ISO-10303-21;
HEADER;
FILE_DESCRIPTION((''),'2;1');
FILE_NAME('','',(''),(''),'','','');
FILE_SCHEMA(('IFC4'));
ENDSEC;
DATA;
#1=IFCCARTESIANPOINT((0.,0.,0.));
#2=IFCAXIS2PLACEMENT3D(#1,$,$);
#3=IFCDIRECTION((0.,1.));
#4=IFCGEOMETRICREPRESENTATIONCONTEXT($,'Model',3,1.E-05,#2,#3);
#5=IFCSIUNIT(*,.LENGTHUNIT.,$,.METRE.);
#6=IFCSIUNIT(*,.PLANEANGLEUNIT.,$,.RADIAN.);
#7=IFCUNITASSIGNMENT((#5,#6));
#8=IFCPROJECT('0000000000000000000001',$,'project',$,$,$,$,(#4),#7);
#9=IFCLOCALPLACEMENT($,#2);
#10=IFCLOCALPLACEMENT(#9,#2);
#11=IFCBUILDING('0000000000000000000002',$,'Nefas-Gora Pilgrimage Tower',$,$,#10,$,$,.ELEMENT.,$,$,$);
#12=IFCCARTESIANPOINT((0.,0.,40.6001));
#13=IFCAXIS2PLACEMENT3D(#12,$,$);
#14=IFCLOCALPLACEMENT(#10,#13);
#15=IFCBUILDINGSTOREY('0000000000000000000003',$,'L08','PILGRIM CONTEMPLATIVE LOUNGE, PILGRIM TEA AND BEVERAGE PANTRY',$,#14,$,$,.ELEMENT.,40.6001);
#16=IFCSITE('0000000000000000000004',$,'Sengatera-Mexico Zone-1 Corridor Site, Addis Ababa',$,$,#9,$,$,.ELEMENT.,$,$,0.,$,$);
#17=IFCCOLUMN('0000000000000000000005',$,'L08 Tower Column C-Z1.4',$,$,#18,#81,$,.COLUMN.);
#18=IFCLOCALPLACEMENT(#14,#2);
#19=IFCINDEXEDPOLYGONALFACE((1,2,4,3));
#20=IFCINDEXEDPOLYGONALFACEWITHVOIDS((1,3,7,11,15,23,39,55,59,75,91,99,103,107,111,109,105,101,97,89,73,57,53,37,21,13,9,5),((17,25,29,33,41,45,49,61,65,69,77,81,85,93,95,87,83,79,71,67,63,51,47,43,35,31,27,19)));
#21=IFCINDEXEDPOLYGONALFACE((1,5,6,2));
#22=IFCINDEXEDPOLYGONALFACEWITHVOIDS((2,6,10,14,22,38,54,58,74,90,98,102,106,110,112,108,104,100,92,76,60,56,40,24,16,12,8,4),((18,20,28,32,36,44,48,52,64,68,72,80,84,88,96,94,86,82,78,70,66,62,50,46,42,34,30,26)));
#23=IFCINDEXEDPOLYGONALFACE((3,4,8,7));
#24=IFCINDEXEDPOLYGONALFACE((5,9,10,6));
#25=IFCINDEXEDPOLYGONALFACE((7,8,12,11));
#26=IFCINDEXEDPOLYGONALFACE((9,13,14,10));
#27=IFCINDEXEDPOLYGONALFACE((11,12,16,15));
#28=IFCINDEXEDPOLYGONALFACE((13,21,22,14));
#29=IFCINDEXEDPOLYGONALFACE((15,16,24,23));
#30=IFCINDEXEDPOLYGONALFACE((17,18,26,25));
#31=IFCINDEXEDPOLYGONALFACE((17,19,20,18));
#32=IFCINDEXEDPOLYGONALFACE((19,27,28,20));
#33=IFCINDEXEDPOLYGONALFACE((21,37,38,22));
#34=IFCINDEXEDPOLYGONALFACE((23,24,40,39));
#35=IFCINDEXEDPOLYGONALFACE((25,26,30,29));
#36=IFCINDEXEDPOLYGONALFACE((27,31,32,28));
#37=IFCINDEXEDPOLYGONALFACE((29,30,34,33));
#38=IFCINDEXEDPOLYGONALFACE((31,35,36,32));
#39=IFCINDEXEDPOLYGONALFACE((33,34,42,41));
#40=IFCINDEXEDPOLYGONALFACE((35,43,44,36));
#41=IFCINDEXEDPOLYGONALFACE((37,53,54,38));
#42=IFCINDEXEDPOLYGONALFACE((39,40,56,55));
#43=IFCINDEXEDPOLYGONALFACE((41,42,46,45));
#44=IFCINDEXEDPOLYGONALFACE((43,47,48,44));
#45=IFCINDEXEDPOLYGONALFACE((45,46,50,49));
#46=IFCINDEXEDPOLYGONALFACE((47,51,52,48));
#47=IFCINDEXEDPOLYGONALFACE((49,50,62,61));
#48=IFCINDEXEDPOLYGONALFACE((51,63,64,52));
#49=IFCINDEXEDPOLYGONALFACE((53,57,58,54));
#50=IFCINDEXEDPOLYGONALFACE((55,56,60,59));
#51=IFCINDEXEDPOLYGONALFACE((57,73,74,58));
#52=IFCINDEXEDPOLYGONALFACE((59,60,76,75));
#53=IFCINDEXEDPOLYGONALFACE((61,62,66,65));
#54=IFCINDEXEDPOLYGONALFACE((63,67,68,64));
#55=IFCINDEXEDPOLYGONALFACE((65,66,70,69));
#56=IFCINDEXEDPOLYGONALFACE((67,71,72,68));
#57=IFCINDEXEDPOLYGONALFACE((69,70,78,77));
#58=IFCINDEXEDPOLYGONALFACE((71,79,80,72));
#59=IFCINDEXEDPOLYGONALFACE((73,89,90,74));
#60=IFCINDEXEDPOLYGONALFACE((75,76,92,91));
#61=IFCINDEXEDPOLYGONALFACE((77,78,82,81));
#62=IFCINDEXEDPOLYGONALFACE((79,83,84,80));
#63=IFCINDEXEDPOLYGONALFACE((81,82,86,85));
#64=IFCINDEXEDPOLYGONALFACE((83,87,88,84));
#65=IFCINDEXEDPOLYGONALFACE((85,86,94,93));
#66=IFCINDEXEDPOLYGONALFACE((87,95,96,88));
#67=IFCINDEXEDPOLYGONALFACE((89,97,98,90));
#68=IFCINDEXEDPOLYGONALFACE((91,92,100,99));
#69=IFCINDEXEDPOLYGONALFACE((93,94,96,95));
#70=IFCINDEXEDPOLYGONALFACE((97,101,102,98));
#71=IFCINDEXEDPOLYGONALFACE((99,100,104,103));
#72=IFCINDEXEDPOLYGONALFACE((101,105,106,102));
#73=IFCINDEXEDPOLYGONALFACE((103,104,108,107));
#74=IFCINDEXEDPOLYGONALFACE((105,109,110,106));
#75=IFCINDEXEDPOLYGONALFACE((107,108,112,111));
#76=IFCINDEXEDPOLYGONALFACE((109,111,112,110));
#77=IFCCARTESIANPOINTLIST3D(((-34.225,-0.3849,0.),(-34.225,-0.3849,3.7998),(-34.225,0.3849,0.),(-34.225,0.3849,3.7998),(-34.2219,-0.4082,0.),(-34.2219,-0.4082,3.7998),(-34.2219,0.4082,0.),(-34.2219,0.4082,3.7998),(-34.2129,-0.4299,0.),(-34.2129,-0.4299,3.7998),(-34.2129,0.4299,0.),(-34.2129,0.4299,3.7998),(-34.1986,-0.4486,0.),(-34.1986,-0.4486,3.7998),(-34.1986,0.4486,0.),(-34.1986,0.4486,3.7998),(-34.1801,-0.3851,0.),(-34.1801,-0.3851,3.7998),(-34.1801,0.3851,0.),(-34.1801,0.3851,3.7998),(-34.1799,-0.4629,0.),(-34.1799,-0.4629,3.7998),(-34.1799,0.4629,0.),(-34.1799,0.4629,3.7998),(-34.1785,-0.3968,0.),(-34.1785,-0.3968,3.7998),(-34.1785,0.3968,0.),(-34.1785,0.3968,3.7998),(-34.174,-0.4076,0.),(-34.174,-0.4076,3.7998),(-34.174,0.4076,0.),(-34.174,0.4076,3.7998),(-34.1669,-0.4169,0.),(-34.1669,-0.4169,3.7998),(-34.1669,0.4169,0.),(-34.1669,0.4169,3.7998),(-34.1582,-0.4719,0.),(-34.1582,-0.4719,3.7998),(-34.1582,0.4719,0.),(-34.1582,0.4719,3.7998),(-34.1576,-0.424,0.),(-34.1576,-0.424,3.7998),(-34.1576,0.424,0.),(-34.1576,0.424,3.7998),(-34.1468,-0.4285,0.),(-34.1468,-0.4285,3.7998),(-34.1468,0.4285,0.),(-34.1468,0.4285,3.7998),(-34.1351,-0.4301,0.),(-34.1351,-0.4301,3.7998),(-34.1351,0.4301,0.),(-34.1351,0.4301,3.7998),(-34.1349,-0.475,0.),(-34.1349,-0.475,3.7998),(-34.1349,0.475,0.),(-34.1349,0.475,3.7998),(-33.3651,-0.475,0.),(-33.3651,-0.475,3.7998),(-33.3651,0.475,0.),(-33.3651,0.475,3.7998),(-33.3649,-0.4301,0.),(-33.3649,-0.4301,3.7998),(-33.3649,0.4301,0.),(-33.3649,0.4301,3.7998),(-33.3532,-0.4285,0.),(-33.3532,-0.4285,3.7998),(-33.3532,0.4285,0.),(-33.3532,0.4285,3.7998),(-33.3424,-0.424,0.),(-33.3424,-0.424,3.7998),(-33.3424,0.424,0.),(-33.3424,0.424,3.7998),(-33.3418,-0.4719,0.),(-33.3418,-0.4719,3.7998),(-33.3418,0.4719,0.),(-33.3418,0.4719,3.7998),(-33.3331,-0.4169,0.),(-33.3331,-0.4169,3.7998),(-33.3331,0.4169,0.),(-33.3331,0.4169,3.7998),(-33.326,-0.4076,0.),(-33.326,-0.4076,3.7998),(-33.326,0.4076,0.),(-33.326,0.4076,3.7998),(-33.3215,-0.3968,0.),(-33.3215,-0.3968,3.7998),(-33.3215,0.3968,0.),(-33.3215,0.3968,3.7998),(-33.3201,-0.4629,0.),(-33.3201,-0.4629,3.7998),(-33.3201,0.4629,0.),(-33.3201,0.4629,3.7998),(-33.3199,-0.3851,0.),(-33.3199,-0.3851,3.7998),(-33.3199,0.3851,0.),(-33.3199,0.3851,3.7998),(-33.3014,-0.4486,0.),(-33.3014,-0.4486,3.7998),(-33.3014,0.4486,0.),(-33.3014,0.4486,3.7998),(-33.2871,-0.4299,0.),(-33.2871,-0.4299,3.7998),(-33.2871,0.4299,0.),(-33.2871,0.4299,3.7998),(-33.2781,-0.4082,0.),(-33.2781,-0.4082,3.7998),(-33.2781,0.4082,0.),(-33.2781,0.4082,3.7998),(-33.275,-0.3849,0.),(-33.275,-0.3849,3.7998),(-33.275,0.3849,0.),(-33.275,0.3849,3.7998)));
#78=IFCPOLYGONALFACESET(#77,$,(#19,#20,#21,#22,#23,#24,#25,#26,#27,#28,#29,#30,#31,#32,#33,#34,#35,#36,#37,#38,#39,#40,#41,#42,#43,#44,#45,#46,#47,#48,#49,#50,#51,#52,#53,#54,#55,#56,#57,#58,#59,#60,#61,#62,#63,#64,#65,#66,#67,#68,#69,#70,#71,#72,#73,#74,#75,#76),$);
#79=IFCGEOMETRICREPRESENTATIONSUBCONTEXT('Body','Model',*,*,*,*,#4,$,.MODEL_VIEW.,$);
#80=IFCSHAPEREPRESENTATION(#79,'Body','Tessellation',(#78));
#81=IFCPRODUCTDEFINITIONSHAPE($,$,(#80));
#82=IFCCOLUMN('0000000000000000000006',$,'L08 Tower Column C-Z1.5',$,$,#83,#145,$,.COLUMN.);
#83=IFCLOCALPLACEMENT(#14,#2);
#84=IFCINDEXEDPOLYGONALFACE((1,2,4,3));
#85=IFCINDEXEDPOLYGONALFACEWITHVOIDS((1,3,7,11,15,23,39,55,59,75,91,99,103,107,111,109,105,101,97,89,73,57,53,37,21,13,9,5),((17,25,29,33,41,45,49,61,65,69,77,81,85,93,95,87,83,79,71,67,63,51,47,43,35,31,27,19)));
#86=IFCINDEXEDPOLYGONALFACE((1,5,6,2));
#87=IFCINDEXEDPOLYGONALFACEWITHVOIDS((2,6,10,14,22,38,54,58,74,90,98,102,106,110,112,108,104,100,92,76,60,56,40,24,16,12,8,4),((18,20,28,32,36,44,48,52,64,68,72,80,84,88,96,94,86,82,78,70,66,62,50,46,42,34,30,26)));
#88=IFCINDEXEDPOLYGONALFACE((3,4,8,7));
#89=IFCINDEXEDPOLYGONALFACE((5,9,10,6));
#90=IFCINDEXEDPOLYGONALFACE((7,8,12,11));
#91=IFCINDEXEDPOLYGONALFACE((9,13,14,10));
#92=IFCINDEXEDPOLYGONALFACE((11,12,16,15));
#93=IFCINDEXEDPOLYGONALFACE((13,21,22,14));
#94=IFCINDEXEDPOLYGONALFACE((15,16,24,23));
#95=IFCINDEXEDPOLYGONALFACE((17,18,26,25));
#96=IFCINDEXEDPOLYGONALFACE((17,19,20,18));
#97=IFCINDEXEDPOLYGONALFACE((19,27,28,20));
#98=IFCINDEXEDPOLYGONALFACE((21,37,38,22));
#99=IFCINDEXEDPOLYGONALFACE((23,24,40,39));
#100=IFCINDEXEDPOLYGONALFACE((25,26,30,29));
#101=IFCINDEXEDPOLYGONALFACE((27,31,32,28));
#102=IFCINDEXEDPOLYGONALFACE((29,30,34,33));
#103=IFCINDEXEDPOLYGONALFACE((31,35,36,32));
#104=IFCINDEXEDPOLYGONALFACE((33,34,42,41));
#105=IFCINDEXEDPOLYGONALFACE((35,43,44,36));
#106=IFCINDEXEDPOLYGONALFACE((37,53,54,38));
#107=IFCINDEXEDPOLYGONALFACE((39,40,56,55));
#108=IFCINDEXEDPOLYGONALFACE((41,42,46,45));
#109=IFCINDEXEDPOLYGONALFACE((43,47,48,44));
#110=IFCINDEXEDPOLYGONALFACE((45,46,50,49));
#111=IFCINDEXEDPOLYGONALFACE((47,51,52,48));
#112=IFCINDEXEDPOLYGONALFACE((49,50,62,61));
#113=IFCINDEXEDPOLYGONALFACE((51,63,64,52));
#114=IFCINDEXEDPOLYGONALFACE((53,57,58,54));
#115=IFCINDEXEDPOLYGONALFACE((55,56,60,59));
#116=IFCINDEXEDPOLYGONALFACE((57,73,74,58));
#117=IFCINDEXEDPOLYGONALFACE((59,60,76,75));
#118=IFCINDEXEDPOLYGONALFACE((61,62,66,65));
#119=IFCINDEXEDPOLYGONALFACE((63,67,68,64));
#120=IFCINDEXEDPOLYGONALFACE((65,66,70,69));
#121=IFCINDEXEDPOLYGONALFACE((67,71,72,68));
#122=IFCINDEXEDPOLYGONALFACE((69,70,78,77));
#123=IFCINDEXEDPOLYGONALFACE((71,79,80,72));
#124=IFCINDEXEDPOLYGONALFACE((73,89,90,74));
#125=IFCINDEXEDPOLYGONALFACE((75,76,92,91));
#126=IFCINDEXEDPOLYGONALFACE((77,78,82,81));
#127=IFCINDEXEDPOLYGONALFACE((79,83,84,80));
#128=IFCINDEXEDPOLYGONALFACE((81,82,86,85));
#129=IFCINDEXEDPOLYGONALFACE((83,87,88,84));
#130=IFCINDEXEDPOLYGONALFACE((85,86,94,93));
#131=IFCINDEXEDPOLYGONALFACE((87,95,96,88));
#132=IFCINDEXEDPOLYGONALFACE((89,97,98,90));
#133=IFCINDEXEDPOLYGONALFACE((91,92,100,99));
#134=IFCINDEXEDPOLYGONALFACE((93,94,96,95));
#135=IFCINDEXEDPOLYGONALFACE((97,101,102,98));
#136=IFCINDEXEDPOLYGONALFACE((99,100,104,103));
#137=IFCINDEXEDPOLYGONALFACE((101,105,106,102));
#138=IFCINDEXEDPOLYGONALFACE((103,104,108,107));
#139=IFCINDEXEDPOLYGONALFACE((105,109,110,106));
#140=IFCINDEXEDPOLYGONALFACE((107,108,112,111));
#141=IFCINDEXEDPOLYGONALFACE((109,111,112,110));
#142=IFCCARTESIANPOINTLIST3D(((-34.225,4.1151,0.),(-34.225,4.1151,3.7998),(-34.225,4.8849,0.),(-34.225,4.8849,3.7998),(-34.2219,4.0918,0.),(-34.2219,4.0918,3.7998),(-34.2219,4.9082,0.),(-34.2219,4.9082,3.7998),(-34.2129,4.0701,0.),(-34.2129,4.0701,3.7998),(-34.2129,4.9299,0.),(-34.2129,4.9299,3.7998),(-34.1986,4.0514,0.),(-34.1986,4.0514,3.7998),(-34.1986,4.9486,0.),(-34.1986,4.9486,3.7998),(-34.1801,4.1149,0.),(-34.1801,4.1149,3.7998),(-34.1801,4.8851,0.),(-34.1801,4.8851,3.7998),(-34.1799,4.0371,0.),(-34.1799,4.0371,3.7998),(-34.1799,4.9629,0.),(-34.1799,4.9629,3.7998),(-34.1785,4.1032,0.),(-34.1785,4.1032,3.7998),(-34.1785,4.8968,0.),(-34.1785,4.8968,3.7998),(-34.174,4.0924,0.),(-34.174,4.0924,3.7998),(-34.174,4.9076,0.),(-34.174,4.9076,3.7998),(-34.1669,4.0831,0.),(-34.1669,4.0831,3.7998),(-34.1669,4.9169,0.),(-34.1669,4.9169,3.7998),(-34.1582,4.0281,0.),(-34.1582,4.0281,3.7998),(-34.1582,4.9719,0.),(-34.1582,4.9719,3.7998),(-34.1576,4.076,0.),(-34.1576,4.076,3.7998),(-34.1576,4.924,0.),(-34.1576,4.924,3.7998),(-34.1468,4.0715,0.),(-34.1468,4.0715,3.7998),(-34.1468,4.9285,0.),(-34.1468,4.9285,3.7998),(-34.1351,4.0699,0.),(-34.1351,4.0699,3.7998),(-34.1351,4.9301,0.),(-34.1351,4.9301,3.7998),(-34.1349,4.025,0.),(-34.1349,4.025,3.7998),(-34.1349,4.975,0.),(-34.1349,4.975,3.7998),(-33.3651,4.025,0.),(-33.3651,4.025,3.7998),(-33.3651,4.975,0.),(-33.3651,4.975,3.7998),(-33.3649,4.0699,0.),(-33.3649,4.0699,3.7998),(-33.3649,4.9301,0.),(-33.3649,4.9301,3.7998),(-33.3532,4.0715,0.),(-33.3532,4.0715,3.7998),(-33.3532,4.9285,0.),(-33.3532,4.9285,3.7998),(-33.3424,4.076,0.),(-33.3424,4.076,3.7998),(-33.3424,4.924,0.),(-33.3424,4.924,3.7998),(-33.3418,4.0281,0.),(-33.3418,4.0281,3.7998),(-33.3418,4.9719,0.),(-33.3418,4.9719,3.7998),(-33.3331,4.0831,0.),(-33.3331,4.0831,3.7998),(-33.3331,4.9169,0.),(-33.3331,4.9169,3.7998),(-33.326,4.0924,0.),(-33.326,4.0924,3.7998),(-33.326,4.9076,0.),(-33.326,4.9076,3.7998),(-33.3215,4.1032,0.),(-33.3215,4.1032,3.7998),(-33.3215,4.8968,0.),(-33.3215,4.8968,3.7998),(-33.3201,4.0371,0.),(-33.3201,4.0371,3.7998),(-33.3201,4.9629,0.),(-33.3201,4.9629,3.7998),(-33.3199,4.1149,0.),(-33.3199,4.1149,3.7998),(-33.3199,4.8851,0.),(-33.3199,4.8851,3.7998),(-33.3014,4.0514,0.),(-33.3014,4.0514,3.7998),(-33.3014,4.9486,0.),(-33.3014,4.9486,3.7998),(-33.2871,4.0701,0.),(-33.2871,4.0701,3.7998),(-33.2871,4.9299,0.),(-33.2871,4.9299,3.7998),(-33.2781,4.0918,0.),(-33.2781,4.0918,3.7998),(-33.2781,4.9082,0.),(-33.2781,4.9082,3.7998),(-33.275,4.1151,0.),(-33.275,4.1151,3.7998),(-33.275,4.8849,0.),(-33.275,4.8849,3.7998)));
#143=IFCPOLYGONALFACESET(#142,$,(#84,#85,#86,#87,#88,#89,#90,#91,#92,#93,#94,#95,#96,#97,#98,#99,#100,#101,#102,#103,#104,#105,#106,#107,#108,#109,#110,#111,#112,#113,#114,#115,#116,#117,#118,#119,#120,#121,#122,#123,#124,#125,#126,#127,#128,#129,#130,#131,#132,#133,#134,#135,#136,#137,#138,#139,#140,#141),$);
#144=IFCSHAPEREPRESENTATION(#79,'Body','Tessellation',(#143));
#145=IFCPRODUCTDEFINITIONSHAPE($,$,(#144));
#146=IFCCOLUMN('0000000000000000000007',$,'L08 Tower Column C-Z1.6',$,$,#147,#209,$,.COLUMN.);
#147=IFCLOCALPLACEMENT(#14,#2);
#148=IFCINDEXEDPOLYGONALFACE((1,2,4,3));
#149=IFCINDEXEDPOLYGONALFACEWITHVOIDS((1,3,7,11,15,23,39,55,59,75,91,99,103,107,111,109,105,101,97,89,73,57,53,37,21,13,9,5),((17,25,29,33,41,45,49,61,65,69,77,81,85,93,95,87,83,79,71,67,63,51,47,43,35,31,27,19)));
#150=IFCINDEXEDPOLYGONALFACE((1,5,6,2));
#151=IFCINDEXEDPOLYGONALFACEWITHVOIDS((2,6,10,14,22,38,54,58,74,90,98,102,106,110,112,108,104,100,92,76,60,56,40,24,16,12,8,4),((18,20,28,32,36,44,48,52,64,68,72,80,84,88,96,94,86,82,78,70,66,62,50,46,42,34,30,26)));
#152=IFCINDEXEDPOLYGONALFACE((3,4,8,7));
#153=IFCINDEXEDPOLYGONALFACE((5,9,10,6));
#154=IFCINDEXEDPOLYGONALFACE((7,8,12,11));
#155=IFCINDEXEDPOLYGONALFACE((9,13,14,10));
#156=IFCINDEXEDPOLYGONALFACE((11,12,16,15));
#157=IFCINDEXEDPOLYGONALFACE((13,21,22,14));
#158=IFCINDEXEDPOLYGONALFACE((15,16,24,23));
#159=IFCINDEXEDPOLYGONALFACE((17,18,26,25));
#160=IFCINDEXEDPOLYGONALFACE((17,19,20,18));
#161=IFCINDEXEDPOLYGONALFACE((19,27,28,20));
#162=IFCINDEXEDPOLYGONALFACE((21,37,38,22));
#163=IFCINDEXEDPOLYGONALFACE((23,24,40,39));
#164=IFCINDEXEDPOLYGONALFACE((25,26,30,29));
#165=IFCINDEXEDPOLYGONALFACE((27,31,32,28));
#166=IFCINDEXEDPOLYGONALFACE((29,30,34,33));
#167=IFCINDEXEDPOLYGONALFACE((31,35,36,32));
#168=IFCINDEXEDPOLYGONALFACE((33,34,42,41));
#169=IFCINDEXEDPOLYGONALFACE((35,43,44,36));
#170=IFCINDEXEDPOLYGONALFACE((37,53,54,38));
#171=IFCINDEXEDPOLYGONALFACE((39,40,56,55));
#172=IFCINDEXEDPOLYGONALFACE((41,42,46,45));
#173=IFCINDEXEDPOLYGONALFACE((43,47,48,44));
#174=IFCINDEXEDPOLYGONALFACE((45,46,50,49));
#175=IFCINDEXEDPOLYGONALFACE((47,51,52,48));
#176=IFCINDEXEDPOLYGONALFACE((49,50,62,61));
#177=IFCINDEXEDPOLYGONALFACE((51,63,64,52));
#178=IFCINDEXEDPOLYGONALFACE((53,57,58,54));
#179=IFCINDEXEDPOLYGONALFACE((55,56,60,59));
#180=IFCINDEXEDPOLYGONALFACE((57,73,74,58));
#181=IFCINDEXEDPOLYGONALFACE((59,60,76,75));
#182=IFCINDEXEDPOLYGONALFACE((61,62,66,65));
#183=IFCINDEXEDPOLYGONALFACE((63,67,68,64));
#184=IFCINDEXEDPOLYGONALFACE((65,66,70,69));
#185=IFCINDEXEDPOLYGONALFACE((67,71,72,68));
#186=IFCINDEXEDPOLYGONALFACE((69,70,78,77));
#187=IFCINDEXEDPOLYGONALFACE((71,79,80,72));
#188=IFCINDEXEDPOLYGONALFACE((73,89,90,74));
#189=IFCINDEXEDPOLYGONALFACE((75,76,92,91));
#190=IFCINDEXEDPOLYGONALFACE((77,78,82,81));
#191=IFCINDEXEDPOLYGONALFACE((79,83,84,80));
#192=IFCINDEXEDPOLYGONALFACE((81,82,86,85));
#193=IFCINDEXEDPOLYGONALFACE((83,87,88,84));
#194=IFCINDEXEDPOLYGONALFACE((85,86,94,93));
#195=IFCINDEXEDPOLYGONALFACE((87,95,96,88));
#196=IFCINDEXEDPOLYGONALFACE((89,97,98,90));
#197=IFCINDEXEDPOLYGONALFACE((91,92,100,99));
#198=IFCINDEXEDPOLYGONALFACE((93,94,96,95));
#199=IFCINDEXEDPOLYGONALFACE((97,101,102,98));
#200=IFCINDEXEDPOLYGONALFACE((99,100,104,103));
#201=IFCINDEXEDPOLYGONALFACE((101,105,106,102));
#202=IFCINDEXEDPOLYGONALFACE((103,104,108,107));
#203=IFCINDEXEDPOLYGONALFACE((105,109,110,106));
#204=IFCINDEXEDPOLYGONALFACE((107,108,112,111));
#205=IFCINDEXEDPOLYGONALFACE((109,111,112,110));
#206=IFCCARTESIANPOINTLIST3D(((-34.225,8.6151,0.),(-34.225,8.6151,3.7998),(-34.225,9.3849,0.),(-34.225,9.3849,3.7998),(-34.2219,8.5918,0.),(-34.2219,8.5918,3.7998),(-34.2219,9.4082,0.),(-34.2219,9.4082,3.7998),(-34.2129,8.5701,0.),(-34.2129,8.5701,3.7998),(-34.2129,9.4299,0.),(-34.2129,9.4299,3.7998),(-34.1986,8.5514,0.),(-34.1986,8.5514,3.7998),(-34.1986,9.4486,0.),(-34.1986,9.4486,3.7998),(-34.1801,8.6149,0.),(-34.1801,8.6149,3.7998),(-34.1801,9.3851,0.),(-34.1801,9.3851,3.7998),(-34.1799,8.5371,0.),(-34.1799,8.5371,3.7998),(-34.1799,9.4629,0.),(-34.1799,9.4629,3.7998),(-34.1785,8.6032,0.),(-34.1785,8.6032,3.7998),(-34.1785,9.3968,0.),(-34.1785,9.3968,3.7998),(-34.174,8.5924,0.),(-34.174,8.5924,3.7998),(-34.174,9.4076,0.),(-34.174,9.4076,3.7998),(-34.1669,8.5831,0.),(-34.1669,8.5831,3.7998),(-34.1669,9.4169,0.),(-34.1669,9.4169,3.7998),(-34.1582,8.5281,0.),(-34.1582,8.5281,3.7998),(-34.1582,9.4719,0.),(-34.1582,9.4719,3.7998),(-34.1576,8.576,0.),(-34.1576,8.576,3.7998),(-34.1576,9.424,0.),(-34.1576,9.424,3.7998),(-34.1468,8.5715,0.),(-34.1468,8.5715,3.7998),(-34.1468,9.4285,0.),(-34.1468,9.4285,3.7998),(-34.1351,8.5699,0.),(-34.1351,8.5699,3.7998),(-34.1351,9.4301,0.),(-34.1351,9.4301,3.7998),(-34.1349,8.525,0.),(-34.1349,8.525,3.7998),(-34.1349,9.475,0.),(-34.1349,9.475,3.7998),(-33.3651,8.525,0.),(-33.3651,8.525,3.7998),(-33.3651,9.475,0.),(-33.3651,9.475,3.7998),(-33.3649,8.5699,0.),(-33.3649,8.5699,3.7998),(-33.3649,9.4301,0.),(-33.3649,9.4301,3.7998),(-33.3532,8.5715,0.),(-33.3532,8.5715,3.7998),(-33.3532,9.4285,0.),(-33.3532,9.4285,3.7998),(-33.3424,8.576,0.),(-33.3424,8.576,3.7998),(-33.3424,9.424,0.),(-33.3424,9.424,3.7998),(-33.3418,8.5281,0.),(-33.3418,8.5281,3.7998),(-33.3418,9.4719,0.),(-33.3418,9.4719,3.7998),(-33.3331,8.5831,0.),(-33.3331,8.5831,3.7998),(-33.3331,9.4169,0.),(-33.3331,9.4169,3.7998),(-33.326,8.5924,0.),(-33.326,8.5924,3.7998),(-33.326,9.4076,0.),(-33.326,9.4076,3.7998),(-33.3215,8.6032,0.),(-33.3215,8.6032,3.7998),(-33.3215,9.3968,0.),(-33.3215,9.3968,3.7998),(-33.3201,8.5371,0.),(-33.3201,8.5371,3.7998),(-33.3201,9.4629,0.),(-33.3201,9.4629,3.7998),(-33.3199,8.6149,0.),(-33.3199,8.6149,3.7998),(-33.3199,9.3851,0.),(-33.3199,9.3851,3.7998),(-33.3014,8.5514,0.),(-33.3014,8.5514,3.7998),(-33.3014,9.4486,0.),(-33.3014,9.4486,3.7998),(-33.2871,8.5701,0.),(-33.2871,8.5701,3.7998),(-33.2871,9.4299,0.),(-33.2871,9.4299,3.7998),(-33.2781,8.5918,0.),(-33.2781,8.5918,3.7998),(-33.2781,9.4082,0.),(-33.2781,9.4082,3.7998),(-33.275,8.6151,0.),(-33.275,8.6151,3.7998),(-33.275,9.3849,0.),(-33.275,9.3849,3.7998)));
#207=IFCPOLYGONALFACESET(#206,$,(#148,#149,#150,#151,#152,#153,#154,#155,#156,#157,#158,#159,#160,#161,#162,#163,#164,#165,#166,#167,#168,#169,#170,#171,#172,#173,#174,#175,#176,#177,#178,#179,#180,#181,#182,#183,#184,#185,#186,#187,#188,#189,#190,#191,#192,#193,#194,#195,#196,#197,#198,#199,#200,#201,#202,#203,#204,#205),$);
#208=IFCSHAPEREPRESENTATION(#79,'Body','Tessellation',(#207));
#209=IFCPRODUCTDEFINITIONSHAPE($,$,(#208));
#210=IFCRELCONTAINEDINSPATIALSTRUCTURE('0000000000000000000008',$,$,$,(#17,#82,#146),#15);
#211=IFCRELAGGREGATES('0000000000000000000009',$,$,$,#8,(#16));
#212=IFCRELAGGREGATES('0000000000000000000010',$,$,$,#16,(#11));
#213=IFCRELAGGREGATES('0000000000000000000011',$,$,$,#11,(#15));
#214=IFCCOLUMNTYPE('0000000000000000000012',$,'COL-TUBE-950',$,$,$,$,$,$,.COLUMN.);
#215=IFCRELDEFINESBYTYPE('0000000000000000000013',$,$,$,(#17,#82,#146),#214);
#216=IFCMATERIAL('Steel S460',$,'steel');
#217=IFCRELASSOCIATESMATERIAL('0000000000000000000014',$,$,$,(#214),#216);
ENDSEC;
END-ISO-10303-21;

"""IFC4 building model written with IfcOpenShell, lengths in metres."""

from ifc_helpers import new_model, si_unit, direction, frame, origin, origin_2d, place, context, subcontext, project, spatial, hollow_rectangle, extrude, source, transform, mapped, material, material_profile, profile_set, type_object, element, save


model = new_model("IFC4")

# Units and contexts
model_context = context("Model", 3, precision=1e-05, world=origin(), true_north=direction((0.0, 1.0)))
body_context = subcontext(model_context, "Body", "Model", "MODEL_VIEW")
ifc_project = project(units=[si_unit("LENGTHUNIT", "METRE"), si_unit("PLANEANGLEUNIT", "RADIAN")], contexts=[model_context])

# Site, building, storey
site_placement = place(None, origin())
site = spatial("IfcSite", under=ifc_project, at=site_placement, Name="Sengatera-Mexico Zone-1 Corridor Site, Addis Ababa", CompositionType="ELEMENT", RefElevation=0.0)
building_placement = place(site_placement, origin())
building = spatial("IfcBuilding", under=site, at=building_placement, Name="Nefas-Gora Pilgrimage Tower", CompositionType="ELEMENT")
storey_placement = place(building_placement, frame((0.0, 0.0, 40.6001)))
storey = spatial("IfcBuildingStorey", under=building, at=storey_placement, Name="L08", Description="PILGRIM CONTEMPLATIVE LOUNGE, PILGRIM TEA AND BEVERAGE PANTRY", CompositionType="ELEMENT", Elevation=40.6001)

# Columns
ifc_material_1 = material(Name="Steel S460", Category="steel")
ifc_material_profile_1 = material_profile(ifc_material_1, hollow_rectangle(XDim=0.95, YDim=0.95, WallThickness=0.0449, InnerFilletRadius=0.0449, OuterFilletRadius=0.0901, at=origin_2d()), Name="BOX 950x950x45")
ifc_profile_set_1 = profile_set([ifc_material_profile_1], Name="Steel S460")
column_type_1 = type_object("IfcColumnType", Name="COL-TUBE-950", PredefinedType="COLUMN", material=ifc_profile_set_1)
shared_shape_1 = source(origin(), body_context, "Body", "SweptSolid", [
    extrude(hollow_rectangle(XDim=0.95, YDim=0.95, WallThickness=0.0449, InnerFilletRadius=0.0449, OuterFilletRadius=0.0901, at=origin_2d()), origin(), (0.0, 0.0, 1.0), 3.7998),
])
for number, where, z_axis, x_axis, name in (
    (1, (-33.75, 0.0, 0.0), (0.0, 0.0, 1.0), (1.0, 0.0, 0.0), "L08 Tower Column C-Z1.4"),
    (2, (-33.75, 4.5, 0.0), (0.0, 0.0, 1.0), (1.0, 0.0, 0.0), "L08 Tower Column C-Z1.5"),
    (3, (-33.75, 9.0, 0.0), (0.0, 0.0, 1.0), (1.0, 0.0, 0.0), "L08 Tower Column C-Z1.6"),
):
    element("IfcColumn", number, at=place(storey_placement, frame(where, z_axis=z_axis, x_axis=x_axis)), inside=storey, type_object=column_type_1, Name=name, PredefinedType="COLUMN", context=body_context, shape_type="MappedRepresentation", body=[
        mapped(shared_shape_1, transform((0.0, 0.0, 0.0), x_axis=(1.0, 0.0, 0.0), y_axis=(0.0, 1.0, 0.0), z_axis=(0.0, 0.0, 1.0), scale=1.0)),
    ])

save(model, "model.ifc")
